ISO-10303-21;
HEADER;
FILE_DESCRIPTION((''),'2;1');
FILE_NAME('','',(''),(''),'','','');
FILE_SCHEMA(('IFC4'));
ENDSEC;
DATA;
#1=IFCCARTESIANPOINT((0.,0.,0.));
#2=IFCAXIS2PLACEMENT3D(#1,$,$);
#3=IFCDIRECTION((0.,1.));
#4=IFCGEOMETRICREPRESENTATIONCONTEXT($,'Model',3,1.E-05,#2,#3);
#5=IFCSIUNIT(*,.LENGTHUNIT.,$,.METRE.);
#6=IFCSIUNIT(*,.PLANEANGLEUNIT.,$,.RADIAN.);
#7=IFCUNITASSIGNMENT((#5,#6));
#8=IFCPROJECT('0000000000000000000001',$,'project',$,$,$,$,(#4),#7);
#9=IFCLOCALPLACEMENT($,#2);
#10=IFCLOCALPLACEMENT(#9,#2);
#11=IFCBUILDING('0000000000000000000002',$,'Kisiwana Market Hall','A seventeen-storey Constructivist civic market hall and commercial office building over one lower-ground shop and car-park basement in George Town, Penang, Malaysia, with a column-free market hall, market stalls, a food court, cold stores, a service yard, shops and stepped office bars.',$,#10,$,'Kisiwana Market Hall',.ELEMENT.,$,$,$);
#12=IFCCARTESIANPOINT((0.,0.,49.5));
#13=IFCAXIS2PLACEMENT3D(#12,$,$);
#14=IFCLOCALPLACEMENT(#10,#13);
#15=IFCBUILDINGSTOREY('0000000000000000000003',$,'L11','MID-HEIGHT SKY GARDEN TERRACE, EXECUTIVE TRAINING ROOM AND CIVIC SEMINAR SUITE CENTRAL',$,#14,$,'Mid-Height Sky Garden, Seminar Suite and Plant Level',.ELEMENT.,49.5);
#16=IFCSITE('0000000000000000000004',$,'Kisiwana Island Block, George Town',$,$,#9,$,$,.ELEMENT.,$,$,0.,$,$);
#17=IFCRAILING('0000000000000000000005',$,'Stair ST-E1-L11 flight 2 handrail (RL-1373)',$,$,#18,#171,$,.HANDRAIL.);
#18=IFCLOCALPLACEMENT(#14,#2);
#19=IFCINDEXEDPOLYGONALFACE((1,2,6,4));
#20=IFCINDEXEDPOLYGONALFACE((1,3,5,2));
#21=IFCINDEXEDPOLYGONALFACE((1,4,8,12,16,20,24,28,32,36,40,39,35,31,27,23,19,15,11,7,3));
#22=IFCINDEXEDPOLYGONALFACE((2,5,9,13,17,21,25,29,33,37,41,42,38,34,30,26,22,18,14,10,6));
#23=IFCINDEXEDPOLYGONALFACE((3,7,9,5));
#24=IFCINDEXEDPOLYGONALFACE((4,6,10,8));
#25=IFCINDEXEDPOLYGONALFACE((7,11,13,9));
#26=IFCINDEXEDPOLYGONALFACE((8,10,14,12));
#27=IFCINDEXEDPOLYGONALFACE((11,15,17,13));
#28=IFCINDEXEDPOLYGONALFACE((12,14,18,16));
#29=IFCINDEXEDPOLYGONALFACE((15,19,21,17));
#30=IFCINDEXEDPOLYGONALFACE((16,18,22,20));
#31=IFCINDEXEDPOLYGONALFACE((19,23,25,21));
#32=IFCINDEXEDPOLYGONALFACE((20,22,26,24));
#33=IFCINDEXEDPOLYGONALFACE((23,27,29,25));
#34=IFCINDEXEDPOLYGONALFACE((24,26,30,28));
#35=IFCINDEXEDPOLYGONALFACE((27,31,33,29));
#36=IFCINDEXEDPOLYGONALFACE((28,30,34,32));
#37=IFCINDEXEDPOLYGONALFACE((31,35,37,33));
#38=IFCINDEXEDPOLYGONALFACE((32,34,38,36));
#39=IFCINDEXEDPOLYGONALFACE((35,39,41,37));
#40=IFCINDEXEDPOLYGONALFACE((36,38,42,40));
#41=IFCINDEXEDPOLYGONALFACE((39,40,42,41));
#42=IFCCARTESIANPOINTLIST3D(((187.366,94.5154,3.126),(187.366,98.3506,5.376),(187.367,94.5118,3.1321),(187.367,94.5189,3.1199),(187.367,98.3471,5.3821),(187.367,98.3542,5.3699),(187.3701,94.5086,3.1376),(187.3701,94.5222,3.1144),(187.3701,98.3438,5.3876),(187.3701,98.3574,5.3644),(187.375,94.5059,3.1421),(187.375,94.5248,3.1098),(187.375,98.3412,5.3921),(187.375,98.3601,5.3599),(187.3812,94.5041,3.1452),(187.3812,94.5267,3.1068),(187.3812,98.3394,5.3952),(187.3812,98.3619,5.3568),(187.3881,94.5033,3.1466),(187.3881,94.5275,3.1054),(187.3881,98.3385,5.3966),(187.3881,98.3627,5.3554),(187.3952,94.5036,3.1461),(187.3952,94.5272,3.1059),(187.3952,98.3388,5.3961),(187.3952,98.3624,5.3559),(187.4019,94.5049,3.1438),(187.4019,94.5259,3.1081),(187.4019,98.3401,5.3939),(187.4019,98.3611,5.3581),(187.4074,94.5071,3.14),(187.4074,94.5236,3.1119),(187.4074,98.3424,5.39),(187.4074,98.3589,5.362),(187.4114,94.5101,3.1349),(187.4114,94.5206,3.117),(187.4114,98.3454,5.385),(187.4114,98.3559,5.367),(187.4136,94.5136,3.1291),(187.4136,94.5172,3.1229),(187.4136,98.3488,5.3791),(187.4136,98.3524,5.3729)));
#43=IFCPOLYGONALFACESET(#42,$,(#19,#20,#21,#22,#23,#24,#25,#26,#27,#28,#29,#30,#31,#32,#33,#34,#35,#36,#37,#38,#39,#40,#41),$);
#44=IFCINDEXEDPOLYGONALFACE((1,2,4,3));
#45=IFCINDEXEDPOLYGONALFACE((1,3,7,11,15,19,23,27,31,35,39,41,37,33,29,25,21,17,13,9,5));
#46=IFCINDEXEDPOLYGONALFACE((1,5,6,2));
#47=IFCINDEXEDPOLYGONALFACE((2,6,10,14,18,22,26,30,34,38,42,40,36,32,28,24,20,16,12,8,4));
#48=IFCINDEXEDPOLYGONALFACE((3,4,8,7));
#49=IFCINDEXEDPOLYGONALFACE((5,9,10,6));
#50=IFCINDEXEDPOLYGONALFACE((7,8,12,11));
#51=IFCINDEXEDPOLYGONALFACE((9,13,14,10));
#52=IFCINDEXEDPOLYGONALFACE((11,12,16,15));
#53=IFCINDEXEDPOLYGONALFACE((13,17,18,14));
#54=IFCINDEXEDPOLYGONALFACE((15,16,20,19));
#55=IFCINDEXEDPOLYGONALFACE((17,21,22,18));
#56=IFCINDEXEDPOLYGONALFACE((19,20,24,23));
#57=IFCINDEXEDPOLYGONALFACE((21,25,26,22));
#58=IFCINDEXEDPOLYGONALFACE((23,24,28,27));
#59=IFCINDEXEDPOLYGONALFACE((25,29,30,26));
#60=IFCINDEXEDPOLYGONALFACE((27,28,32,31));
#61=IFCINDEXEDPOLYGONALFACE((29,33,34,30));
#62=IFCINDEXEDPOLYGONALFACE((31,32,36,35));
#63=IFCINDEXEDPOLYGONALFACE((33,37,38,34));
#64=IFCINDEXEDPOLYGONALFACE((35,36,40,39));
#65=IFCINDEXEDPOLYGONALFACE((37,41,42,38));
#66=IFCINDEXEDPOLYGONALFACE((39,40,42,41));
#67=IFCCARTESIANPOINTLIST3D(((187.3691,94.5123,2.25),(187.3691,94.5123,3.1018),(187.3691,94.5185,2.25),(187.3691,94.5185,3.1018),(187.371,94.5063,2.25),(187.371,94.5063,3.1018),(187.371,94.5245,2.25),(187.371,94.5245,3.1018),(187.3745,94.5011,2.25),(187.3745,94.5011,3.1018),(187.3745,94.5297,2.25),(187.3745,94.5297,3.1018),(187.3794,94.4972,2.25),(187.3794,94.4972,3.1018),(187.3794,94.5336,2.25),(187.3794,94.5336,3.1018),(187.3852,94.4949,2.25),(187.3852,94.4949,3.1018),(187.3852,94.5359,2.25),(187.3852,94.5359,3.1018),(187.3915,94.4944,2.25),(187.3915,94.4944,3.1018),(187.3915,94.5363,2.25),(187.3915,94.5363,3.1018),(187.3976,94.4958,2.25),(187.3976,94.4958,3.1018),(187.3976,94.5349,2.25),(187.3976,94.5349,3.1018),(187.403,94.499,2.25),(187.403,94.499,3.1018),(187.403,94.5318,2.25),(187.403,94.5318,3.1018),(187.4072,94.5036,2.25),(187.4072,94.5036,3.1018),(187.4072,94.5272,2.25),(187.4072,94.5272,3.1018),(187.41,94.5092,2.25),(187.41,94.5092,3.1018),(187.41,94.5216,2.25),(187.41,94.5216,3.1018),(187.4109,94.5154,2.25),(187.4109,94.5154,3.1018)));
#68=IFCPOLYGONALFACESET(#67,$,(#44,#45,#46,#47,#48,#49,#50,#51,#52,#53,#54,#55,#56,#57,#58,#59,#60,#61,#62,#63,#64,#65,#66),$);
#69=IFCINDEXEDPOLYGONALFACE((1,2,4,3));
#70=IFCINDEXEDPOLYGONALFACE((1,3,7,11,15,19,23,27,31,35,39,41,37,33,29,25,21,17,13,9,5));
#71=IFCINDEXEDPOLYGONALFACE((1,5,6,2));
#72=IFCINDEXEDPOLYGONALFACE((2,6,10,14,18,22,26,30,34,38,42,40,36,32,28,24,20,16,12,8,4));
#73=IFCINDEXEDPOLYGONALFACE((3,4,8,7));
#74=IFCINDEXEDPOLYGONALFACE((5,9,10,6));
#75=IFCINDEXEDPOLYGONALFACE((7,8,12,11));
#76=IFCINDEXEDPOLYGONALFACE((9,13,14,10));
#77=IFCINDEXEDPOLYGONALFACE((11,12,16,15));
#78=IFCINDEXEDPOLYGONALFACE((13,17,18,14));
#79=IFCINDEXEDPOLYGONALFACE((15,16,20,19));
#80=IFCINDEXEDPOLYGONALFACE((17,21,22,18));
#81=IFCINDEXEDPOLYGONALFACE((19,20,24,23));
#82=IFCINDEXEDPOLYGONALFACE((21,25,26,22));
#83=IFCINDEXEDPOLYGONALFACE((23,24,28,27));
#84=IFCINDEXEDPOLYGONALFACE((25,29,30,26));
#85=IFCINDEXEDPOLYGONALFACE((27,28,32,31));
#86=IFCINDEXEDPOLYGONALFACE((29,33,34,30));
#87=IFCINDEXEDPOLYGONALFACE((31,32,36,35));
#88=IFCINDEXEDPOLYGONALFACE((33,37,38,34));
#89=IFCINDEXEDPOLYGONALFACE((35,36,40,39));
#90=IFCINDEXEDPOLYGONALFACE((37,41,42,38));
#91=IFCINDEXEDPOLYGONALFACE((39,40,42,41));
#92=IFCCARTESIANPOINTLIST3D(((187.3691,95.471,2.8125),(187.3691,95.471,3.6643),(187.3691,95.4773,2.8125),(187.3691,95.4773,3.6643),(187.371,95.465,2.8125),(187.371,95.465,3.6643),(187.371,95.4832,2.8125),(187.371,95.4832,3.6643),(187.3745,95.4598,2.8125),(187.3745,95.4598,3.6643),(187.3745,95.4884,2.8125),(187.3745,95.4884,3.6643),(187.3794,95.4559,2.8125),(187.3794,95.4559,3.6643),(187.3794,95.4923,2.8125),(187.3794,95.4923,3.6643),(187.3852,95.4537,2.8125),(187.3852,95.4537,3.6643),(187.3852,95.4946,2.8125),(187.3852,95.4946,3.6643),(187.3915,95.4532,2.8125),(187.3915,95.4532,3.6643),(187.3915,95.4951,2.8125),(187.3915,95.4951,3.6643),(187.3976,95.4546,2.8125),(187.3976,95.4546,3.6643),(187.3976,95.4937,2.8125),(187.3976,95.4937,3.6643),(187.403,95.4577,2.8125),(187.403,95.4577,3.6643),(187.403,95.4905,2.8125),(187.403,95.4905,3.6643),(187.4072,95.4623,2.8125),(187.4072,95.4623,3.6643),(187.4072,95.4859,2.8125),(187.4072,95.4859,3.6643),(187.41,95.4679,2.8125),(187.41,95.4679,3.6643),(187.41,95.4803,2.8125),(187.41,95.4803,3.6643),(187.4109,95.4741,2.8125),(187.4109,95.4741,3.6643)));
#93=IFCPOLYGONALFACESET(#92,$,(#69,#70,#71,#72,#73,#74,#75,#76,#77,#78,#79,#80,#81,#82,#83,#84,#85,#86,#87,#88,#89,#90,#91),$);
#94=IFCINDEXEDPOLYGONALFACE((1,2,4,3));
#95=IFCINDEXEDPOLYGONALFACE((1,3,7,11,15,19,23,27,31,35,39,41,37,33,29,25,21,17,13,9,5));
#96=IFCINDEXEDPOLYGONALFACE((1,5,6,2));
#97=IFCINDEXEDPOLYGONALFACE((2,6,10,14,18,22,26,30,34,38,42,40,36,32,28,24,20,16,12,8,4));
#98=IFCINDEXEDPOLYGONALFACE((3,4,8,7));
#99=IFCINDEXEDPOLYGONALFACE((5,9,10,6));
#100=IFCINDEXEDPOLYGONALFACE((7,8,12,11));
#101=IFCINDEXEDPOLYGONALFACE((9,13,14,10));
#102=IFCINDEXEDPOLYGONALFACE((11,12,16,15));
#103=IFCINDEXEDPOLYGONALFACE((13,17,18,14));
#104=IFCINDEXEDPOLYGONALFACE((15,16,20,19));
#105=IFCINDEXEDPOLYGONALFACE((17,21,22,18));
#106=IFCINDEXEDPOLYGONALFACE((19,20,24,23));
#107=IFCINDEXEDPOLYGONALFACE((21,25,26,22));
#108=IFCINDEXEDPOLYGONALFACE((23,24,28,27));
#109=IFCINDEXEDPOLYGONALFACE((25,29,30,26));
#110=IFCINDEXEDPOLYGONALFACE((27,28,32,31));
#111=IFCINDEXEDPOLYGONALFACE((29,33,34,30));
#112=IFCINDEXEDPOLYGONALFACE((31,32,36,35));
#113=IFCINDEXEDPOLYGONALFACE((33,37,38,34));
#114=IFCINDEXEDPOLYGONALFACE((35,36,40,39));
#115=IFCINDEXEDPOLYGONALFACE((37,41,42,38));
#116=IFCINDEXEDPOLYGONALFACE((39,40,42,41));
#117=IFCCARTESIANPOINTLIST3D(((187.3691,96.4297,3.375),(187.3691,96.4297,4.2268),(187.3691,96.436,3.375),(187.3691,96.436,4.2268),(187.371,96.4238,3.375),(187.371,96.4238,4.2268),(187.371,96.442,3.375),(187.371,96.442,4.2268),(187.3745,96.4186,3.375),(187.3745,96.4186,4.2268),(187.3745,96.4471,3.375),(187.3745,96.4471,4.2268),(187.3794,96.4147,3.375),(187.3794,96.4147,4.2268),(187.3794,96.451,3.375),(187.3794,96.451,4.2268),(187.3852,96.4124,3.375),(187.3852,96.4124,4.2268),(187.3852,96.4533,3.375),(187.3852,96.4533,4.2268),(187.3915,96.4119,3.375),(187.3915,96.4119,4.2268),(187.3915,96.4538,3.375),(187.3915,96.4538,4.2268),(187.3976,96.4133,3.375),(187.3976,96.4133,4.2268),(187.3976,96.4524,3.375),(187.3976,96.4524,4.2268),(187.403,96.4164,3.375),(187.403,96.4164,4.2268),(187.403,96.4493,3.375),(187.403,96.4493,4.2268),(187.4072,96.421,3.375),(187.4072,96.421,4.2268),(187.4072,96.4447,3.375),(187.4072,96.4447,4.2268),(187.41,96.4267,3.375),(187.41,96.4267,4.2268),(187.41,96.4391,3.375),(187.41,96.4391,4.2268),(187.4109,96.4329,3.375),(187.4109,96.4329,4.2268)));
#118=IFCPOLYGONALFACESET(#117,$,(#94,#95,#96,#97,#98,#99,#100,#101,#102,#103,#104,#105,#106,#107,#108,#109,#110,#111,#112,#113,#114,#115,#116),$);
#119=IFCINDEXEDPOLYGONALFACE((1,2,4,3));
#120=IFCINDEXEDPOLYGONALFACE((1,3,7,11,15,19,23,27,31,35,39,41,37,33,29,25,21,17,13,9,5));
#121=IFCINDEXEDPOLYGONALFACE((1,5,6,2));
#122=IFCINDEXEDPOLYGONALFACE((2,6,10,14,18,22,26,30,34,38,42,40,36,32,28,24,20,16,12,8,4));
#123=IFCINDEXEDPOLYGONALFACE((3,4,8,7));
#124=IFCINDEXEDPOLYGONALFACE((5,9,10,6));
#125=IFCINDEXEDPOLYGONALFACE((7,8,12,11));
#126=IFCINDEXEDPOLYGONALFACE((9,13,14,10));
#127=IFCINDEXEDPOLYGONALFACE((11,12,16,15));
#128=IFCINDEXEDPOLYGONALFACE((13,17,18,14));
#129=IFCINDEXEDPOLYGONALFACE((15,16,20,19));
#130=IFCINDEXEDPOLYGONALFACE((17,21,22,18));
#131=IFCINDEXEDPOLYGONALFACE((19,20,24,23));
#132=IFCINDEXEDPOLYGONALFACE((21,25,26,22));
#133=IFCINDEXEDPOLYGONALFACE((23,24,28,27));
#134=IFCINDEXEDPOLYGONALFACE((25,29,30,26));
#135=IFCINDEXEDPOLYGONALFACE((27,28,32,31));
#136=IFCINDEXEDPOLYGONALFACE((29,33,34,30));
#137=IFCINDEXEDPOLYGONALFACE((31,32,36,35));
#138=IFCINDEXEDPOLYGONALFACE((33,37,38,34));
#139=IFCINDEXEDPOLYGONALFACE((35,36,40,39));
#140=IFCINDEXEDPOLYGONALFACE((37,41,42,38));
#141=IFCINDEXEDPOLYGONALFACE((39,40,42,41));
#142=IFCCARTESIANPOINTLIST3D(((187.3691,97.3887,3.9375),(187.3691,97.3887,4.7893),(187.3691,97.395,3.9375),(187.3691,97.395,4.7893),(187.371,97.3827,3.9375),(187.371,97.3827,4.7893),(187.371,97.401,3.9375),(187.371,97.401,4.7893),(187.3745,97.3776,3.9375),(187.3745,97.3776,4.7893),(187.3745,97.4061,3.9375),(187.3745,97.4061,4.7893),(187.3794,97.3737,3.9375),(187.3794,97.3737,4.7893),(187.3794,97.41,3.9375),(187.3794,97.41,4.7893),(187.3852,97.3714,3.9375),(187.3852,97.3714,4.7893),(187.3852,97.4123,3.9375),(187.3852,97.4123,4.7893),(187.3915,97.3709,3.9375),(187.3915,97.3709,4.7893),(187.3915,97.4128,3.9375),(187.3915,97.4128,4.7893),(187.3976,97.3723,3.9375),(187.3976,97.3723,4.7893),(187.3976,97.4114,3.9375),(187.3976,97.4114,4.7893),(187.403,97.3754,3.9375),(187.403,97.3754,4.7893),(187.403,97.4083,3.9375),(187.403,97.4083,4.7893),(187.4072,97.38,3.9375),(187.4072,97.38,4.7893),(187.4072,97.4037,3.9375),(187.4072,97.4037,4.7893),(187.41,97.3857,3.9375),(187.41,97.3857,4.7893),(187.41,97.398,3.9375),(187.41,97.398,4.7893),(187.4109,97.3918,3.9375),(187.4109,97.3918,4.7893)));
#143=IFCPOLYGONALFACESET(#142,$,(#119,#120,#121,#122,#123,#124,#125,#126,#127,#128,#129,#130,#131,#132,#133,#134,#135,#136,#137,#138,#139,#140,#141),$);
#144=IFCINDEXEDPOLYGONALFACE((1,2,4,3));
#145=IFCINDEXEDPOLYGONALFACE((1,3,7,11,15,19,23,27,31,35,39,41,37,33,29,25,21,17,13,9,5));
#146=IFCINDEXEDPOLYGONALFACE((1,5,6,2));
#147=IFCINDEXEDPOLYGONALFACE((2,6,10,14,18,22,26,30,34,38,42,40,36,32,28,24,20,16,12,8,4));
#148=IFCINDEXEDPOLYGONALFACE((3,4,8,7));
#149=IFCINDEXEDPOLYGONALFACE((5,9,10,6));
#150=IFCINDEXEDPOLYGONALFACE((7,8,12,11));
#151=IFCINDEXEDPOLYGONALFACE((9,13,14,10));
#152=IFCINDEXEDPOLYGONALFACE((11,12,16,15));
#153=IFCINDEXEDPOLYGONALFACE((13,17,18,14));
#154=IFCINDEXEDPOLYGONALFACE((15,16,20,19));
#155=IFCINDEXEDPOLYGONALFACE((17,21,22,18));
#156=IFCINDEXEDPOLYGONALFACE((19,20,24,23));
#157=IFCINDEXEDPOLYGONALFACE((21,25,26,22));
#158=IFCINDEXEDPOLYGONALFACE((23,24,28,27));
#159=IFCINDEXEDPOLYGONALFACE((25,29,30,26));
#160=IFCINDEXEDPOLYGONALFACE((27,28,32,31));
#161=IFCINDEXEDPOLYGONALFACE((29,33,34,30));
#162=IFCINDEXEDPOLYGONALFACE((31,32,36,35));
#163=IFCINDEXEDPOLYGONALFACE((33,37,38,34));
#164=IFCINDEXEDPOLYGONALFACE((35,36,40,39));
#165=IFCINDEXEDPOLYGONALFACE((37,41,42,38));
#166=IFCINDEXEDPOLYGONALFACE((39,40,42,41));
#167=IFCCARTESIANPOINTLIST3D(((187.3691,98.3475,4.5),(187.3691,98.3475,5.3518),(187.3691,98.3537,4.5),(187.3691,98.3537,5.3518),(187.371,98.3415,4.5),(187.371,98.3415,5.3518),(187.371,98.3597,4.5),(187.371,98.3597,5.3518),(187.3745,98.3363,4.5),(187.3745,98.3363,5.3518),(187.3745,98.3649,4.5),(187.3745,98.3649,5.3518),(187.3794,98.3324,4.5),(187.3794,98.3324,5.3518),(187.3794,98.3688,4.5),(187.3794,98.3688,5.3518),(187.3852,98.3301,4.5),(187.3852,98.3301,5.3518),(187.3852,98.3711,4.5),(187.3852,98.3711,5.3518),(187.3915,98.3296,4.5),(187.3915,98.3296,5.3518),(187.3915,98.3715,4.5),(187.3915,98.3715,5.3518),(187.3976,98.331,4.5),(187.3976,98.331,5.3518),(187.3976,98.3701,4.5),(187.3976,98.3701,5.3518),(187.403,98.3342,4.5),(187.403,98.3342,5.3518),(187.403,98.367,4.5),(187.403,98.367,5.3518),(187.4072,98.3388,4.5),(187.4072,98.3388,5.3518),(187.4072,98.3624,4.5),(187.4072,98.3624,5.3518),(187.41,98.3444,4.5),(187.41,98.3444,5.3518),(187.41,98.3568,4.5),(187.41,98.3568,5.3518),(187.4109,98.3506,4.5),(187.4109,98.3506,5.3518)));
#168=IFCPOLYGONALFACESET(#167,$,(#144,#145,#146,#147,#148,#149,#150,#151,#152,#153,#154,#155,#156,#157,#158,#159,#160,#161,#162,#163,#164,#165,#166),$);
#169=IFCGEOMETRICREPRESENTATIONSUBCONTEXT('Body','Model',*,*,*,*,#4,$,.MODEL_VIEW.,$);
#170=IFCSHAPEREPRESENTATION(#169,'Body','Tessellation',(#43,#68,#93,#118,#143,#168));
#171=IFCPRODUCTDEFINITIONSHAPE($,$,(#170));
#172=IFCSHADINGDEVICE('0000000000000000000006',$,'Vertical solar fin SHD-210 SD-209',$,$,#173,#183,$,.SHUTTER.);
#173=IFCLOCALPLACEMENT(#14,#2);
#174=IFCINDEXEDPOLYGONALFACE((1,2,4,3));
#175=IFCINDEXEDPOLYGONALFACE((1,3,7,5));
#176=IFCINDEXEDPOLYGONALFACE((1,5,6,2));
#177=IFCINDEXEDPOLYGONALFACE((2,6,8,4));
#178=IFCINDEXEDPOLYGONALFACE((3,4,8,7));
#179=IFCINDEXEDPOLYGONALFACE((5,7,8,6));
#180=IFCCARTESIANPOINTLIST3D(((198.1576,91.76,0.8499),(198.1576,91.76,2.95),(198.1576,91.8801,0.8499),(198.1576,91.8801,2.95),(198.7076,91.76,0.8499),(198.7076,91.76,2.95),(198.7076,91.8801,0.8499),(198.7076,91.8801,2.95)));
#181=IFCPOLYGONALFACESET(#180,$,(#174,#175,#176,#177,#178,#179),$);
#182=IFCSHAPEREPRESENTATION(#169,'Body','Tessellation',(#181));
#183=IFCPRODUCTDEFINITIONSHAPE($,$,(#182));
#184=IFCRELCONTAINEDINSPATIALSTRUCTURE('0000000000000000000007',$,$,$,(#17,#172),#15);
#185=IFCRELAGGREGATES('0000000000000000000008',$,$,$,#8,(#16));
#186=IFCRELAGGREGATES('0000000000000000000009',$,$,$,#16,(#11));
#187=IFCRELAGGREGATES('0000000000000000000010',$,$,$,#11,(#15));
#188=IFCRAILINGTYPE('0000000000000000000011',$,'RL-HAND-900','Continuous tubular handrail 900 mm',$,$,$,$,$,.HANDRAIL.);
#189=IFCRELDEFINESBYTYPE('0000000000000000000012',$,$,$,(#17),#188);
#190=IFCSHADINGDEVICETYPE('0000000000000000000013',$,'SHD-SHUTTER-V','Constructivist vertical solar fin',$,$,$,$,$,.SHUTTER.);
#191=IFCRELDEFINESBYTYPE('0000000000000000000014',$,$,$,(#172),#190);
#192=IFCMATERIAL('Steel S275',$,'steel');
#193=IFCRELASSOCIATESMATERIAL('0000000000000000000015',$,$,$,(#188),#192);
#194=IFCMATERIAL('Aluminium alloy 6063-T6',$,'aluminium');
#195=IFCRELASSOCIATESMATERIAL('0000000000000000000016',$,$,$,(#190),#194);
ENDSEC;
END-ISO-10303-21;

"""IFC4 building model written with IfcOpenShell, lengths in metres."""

from ifc_helpers import new_model, si_unit, direction, frame, origin, origin_2d, place, context, subcontext, project, spatial, rectangle, circle, extrude, material, type_object, element, save


model = new_model("IFC4")

# Units and contexts
model_context = context("Model", 3, precision=1e-05, world=origin(), true_north=direction((0.0, 1.0)))
body_context = subcontext(model_context, "Body", "Model", "MODEL_VIEW")
ifc_project = project(units=[si_unit("LENGTHUNIT", "METRE"), si_unit("PLANEANGLEUNIT", "RADIAN")], contexts=[model_context])

# Site, building, storey
site_placement = place(None, origin())
site = spatial("IfcSite", under=ifc_project, at=site_placement, Name="Kisiwana Island Block, George Town", CompositionType="ELEMENT", RefElevation=0.0)
building_placement = place(site_placement, origin())
building = spatial("IfcBuilding", under=site, at=building_placement, Name="Kisiwana Market Hall", Description="A seventeen-storey Constructivist civic market hall and commercial office building over one lower-ground shop and car-park basement in George Town, Penang, Malaysia, with a column-free market hall, market stalls, a food court, cold stores, a service yard, shops and stepped office bars.", LongName="Kisiwana Market Hall", CompositionType="ELEMENT")
storey_placement = place(building_placement, frame((0.0, 0.0, 49.5)))
storey = spatial("IfcBuildingStorey", under=building, at=storey_placement, Name="L11", Description="MID-HEIGHT SKY GARDEN TERRACE, EXECUTIVE TRAINING ROOM AND CIVIC SEMINAR SUITE CENTRAL", LongName="Mid-Height Sky Garden, Seminar Suite and Plant Level", CompositionType="ELEMENT", Elevation=49.5)

# Railing
ifc_material_1 = material(Name="Steel S275", Category="steel")
railing_type_1 = type_object("IfcRailingType", Name="RL-HAND-900", Description="Continuous tubular handrail 900 mm", PredefinedType="HANDRAIL", material=ifc_material_1)
railing_1_placement = place(storey_placement, frame((187.3899, 94.5154, 2.25)))
element("IfcRailing", 1, at=railing_1_placement, inside=storey, type_object=railing_type_1, Name="Stair ST-E1-L11 flight 2 handrail (RL-1373)", PredefinedType="HANDRAIL", context=body_context, shape_type="SweptSolid", body=[
    extrude(circle(Radius=0.0239, at=origin_2d()), frame((0.0, 0.0, 0.876), z_axis=(0.0, 0.862524, 0.506017), x_axis=(-1.0, 0.0, 0.0)), (0.0, 0.0, 1.0), 4.4465),
    extrude(circle(Radius=0.021, at=origin_2d()), origin(), (0.0, 0.0, 1.0), 0.8518),
    extrude(circle(Radius=0.021, at=origin_2d()), frame((0.0, 0.9587, 0.5625)), (0.0, 0.0, 1.0), 0.8518),
    extrude(circle(Radius=0.021, at=origin_2d()), frame((0.0, 1.9175, 1.125)), (0.0, 0.0, 1.0), 0.8518),
    extrude(circle(Radius=0.021, at=origin_2d()), frame((0.0, 2.8765, 1.6875)), (0.0, 0.0, 1.0), 0.8518),
    extrude(circle(Radius=0.021, at=origin_2d()), frame((0.0, 3.8352, 2.25)), (0.0, 0.0, 1.0), 0.8518),
])

# Shading device
ifc_material_2 = material(Name="Aluminium alloy 6063-T6", Category="aluminium")
shading_device_type = type_object("IfcShadingDeviceType", Name="SHD-SHUTTER-V", Description="Constructivist vertical solar fin", PredefinedType="SHUTTER", material=ifc_material_2)
shading_device_placement = place(storey_placement, frame((198.4326, 91.8201, 0.8499), z_axis=(0.0, 0.0, 1.0), x_axis=(0.0, 1.0, 0.0)))
element("IfcShadingDevice", 2, at=shading_device_placement, inside=storey, type_object=shading_device_type, Name="Vertical solar fin SHD-210 SD-209", PredefinedType="SHUTTER", context=body_context, shape_type="SweptSolid", body=[
    extrude(rectangle(XDim=0.1201, YDim=0.55, at=origin_2d()), origin(), (0.0, 0.0, 1.0), 2.1001),
])

save(model, "model.ifc")
